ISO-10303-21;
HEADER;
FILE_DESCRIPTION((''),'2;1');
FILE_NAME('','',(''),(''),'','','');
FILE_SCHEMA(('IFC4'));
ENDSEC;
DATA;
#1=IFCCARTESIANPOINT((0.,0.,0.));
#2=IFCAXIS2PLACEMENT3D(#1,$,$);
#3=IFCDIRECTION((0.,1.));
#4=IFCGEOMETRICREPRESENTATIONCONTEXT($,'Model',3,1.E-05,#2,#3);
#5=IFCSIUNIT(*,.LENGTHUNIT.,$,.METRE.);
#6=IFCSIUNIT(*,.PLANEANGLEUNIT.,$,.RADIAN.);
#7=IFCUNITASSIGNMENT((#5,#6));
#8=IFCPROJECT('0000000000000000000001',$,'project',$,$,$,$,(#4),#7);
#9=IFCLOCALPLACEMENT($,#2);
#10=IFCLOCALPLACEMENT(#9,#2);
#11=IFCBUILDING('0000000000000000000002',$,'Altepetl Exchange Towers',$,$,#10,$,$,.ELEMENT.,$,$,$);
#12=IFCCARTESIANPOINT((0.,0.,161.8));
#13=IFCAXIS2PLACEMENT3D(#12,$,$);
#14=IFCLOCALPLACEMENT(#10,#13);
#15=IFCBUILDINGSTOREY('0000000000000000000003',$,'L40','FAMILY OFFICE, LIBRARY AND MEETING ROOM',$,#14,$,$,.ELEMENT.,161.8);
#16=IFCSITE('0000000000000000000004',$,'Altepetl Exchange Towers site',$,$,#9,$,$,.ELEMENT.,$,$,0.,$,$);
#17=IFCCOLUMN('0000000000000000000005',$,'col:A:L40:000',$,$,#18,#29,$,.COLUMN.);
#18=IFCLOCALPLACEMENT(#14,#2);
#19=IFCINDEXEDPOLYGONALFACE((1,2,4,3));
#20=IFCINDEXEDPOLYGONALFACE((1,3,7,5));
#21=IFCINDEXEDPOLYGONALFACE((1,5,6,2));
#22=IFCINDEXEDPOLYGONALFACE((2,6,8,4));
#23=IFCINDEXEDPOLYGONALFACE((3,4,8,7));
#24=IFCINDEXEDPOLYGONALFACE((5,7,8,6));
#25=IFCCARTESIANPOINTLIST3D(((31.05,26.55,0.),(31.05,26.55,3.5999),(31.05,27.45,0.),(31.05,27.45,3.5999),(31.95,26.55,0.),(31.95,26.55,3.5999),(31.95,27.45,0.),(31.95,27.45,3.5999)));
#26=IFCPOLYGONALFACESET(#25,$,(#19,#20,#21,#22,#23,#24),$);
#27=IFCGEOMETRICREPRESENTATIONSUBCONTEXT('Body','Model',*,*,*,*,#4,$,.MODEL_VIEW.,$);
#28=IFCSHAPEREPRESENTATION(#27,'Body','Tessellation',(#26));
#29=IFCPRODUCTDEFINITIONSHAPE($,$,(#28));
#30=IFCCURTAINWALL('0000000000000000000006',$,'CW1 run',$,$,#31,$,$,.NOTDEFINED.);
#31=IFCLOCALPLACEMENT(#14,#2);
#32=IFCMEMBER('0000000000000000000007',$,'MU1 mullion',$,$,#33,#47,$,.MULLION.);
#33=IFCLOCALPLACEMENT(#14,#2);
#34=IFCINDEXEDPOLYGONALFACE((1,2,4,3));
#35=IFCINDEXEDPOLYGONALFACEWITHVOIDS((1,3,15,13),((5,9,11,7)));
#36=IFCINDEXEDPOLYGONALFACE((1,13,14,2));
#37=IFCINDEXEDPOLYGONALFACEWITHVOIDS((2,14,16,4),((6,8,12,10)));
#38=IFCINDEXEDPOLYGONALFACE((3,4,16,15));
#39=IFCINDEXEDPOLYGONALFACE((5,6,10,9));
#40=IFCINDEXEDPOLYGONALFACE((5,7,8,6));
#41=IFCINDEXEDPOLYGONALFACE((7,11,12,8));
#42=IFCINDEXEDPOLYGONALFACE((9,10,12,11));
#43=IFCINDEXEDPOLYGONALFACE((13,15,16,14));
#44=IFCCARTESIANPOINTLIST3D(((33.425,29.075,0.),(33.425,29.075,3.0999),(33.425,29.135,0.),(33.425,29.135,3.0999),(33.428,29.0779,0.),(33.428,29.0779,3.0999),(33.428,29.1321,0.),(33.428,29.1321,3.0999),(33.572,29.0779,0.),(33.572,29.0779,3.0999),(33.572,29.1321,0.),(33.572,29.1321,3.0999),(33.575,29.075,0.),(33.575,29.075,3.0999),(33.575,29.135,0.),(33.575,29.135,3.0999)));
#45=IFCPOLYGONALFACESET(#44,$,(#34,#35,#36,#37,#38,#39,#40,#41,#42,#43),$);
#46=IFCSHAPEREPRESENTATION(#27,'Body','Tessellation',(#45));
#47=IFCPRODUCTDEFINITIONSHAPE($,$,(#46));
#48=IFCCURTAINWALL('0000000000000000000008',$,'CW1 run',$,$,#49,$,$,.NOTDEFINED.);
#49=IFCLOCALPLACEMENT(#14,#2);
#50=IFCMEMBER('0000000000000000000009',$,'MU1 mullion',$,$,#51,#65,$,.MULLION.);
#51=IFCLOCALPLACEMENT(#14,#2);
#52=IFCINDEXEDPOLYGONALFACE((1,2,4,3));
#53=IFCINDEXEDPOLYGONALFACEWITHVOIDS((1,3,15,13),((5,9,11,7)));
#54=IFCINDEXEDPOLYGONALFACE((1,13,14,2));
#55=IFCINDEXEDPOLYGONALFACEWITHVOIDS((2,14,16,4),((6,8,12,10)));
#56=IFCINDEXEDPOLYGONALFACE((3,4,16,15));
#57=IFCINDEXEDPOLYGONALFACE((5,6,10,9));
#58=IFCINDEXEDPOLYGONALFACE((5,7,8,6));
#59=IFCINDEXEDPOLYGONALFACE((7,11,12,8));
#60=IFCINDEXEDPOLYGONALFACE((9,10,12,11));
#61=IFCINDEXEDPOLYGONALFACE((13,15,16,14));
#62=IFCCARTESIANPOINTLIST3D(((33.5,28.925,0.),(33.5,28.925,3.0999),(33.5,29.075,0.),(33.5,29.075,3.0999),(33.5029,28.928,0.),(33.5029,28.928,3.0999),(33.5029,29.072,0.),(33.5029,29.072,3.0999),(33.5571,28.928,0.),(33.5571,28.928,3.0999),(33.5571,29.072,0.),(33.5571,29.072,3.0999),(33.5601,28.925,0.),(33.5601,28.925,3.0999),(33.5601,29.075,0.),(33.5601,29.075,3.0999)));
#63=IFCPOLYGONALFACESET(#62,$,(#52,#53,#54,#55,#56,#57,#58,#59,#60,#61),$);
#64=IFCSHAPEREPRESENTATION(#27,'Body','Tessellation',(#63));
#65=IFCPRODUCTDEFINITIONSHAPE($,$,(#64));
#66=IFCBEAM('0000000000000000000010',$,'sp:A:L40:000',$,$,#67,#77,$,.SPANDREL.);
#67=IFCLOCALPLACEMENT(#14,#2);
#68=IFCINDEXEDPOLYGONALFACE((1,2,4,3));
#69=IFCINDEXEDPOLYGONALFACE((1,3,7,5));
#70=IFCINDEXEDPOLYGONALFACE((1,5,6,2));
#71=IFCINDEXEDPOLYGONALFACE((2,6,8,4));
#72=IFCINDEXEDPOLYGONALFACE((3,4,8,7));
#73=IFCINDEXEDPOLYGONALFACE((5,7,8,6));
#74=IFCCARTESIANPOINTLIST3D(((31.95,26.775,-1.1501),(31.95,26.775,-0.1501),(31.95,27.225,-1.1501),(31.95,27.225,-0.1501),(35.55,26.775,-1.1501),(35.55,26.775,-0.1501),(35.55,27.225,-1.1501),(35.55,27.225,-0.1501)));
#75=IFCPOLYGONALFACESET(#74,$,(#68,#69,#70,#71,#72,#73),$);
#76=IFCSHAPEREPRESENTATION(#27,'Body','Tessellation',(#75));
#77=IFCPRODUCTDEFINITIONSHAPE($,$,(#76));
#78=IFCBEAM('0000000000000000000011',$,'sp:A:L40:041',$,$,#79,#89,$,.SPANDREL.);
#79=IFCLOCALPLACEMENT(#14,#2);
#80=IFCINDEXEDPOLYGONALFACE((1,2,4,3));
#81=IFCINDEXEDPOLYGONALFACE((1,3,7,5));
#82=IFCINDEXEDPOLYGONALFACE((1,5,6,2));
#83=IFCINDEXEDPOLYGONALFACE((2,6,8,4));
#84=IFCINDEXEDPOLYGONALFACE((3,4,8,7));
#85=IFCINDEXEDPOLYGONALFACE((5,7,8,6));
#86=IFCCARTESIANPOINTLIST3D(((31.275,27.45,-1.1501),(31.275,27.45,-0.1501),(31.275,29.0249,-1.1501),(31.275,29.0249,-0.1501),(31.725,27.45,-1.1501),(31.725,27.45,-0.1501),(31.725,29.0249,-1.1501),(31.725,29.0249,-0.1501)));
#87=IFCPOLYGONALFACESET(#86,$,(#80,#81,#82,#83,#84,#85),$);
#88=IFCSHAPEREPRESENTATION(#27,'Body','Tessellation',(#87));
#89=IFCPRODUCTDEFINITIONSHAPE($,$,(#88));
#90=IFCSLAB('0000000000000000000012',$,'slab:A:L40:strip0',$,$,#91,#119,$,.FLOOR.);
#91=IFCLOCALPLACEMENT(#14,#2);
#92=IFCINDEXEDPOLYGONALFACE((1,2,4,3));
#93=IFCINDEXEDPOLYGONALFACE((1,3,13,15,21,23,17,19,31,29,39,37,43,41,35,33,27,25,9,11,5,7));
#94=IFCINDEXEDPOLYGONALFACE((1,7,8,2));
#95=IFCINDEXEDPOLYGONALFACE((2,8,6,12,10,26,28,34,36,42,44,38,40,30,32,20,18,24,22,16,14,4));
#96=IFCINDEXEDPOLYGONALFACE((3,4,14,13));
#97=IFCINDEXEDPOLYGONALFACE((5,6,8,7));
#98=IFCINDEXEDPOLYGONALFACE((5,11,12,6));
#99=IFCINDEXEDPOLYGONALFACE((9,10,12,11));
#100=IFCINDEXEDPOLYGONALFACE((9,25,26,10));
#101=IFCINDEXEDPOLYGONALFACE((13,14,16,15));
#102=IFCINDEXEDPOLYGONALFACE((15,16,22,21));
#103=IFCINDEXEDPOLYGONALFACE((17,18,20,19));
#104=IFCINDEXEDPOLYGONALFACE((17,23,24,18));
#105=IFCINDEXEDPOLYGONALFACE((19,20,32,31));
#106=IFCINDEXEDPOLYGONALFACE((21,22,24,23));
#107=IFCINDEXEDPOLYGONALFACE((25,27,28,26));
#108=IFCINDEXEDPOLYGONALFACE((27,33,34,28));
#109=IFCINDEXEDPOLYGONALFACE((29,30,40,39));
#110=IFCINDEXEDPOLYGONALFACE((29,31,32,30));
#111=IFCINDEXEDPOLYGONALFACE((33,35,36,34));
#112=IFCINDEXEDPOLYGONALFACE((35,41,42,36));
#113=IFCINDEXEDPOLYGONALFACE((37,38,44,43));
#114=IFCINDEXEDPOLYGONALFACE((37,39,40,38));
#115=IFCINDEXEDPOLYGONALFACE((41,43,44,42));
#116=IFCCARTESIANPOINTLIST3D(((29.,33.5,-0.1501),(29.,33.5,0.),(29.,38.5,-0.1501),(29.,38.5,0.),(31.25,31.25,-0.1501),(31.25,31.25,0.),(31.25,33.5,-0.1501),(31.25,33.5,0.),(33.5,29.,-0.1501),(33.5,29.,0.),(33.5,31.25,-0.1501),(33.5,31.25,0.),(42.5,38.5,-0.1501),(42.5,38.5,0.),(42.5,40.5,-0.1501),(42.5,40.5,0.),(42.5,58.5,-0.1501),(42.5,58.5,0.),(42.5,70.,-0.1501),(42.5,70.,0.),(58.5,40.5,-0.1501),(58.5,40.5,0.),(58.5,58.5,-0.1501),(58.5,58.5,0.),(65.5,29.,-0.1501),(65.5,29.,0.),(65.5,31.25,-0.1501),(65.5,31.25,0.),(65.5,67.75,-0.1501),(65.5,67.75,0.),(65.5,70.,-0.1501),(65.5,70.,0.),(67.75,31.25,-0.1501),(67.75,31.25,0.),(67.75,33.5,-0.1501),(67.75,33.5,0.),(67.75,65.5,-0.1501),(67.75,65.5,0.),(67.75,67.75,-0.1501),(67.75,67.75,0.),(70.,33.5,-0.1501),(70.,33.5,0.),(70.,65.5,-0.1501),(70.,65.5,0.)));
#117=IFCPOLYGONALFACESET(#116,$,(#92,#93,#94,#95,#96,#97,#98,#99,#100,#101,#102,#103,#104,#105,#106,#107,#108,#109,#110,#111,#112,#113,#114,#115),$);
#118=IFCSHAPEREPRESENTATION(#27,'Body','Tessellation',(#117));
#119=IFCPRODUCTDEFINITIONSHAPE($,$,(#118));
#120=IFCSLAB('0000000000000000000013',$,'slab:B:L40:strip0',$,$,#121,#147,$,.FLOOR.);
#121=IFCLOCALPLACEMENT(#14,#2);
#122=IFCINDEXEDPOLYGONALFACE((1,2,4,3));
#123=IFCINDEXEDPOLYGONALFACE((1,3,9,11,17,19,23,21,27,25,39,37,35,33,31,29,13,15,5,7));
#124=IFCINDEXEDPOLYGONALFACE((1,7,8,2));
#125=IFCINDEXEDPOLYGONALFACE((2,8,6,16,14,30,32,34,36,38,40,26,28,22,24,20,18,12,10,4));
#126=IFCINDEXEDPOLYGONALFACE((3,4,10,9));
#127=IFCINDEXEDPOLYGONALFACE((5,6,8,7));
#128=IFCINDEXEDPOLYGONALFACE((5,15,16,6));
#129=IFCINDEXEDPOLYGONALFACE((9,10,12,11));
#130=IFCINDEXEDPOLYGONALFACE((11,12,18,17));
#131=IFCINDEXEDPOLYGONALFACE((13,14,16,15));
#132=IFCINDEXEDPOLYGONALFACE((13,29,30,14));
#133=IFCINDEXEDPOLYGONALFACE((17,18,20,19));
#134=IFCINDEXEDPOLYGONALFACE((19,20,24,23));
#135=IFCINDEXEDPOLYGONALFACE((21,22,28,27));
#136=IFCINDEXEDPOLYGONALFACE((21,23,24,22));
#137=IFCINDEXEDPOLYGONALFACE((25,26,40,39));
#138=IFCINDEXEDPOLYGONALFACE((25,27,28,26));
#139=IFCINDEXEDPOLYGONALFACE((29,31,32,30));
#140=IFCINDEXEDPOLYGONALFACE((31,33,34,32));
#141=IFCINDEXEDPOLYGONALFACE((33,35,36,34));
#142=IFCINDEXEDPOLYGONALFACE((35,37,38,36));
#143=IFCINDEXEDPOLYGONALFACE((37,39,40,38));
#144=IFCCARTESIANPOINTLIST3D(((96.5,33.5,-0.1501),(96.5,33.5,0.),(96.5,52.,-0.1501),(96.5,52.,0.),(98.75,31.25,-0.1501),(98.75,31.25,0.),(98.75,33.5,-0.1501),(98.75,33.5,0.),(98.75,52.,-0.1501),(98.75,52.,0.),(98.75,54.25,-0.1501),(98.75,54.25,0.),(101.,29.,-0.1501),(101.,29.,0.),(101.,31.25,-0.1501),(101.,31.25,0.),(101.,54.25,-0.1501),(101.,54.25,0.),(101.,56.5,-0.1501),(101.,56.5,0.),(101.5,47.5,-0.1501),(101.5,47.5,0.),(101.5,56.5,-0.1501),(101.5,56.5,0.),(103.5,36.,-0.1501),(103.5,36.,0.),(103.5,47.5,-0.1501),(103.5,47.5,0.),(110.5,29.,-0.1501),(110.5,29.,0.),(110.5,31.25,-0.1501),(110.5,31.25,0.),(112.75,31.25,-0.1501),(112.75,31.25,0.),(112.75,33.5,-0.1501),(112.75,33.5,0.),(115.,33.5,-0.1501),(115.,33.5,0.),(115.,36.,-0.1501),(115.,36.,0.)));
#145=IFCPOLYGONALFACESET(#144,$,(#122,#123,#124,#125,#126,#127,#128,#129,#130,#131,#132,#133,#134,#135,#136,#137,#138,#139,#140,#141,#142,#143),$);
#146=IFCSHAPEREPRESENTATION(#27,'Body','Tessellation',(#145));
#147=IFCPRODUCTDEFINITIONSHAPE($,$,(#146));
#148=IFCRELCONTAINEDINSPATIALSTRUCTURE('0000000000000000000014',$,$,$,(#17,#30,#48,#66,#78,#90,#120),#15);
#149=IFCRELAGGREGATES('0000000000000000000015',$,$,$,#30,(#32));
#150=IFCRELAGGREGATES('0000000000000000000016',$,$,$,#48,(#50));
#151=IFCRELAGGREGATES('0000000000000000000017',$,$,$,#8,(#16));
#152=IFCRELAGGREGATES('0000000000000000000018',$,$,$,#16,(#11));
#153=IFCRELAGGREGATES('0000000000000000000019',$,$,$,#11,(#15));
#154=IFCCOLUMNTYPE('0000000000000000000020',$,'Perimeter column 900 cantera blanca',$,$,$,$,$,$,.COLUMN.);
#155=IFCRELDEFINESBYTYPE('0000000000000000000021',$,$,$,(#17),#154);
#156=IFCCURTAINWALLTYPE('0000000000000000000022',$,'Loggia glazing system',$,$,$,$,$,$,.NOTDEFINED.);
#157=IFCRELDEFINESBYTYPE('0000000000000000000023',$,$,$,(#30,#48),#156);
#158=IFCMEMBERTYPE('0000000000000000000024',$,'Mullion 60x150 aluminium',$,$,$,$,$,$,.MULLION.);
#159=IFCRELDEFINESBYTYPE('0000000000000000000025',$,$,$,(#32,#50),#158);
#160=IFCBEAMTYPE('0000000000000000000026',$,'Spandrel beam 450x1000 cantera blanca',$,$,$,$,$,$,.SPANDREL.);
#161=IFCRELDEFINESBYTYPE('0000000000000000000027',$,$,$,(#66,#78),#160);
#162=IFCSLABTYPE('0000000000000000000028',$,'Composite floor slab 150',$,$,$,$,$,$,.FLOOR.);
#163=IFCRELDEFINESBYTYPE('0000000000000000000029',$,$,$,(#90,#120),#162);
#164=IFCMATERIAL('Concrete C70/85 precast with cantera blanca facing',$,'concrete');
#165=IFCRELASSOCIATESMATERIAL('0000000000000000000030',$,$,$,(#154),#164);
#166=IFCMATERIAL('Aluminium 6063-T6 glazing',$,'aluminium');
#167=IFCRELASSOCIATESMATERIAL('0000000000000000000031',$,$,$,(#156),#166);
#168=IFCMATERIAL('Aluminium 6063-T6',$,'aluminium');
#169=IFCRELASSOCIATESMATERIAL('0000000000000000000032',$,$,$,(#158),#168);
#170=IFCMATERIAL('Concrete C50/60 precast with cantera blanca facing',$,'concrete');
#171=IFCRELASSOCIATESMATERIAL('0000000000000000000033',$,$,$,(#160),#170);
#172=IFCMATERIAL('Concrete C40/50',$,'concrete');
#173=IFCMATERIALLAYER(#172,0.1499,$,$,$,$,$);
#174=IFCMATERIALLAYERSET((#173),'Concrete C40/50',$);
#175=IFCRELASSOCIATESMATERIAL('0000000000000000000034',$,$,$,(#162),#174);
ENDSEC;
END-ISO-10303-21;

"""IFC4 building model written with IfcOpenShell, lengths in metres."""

from ifc_helpers import new_model, si_unit, direction, frame, origin, origin_2d, place, context, subcontext, project, spatial, polyline, rectangle, hollow_rectangle, outline, extrude, material, layer, layer_set, material_profile, profile_set, type_object, element, aggregate, save


model = new_model("IFC4")

# Units and contexts
model_context = context("Model", 3, precision=1e-05, world=origin(), true_north=direction((0.0, 1.0)))
body_context = subcontext(model_context, "Body", "Model", "MODEL_VIEW")
ifc_project = project(units=[si_unit("LENGTHUNIT", "METRE"), si_unit("PLANEANGLEUNIT", "RADIAN")], contexts=[model_context])

# Site, building, storey
site_placement = place(None, origin())
site = spatial("IfcSite", under=ifc_project, at=site_placement, Name="Altepetl Exchange Towers site", CompositionType="ELEMENT", RefElevation=0.0)
building_placement = place(site_placement, origin())
building = spatial("IfcBuilding", under=site, at=building_placement, Name="Altepetl Exchange Towers", CompositionType="ELEMENT")
storey_placement = place(building_placement, frame((0.0, 0.0, 161.8)))
storey = spatial("IfcBuildingStorey", under=building, at=storey_placement, Name="L40", Description="FAMILY OFFICE, LIBRARY AND MEETING ROOM", CompositionType="ELEMENT", Elevation=161.8)

# Column
ifc_material_1 = material(Name="Concrete C70/85 precast with cantera blanca facing", Category="concrete")
ifc_material_profile_1 = material_profile(ifc_material_1, rectangle(XDim=0.8999, YDim=0.8999, at=origin_2d()), Name="900 x 900")
ifc_profile_set_1 = profile_set([ifc_material_profile_1], Name="Concrete C70/85 precast with cantera blanca facing")
column_type = type_object("IfcColumnType", Name="Perimeter column 900 cantera blanca", PredefinedType="COLUMN", material=ifc_profile_set_1)
column_placement = place(storey_placement, frame((31.5, 27.0, 0.0)))
element("IfcColumn", 1, at=column_placement, inside=storey, type_object=column_type, Name="col:A:L40:000", PredefinedType="COLUMN", context=body_context, shape_type="SweptSolid", body=[
    extrude(rectangle(XDim=0.8999, YDim=0.8999, at=origin_2d()), origin(), (0.0, 0.0, 1.0), 3.5999),
])

# Curtain walls, members
ifc_material_2 = material(Name="Aluminium 6063-T6 glazing", Category="aluminium")
curtain_wall_type = type_object("IfcCurtainWallType", Name="Loggia glazing system", PredefinedType="NOTDEFINED", material=ifc_material_2)
curtain_wall_1_placement = place(storey_placement, origin())
curtain_wall_1 = element("IfcCurtainWall", 2, at=curtain_wall_1_placement, inside=storey, type_object=curtain_wall_type, Name="CW1 run", PredefinedType="NOTDEFINED")
ifc_material_3 = material(Name="Aluminium 6063-T6", Category="aluminium")
ifc_material_profile_2 = material_profile(ifc_material_3, hollow_rectangle(XDim=0.0601, YDim=0.1499, WallThickness=0.0029, at=origin_2d()), Name="Mullion 60x150 aluminium")
ifc_profile_set_2 = profile_set([ifc_material_profile_2], Name="Aluminium 6063-T6")
member_type = type_object("IfcMemberType", Name="Mullion 60x150 aluminium", PredefinedType="MULLION", material=ifc_profile_set_2)
member_1_placement = place(storey_placement, frame((33.5, 29.105, 0.0), z_axis=(0.0, 0.0, 1.0), x_axis=(0.0, -1.0, 0.0)))
member_1 = element("IfcMember", 3, at=member_1_placement, type_object=member_type, Name="MU1 mullion", PredefinedType="MULLION", context=body_context, shape_type="SweptSolid", body=[
    extrude(hollow_rectangle(XDim=0.0601, YDim=0.1499, WallThickness=0.0029, at=origin_2d()), origin(), (0.0, 0.0, 1.0), 3.0999),
])
aggregate(curtain_wall_1, [member_1])
curtain_wall_2_placement = place(storey_placement, origin())
curtain_wall_2 = element("IfcCurtainWall", 4, at=curtain_wall_2_placement, inside=storey, type_object=curtain_wall_type, Name="CW1 run", PredefinedType="NOTDEFINED")
member_2_placement = place(storey_placement, frame((33.53, 29.0, 0.0)))
member_2 = element("IfcMember", 5, at=member_2_placement, type_object=member_type, Name="MU1 mullion", PredefinedType="MULLION", context=body_context, shape_type="SweptSolid", body=[
    extrude(hollow_rectangle(XDim=0.0601, YDim=0.1499, WallThickness=0.0029, at=origin_2d()), origin(), (0.0, 0.0, 1.0), 3.0999),
])

# Beams
ifc_material_4 = material(Name="Concrete C50/60 precast with cantera blanca facing", Category="concrete")
ifc_material_profile_3 = material_profile(ifc_material_4, rectangle(XDim=0.45, YDim=1.0, at=origin_2d()), Name="450 x 1000")
ifc_profile_set_3 = profile_set([ifc_material_profile_3], Name="Concrete C50/60 precast with cantera blanca facing")
beam_type = type_object("IfcBeamType", Name="Spandrel beam 450x1000 cantera blanca", PredefinedType="SPANDREL", material=ifc_profile_set_3)
beam_1_placement = place(storey_placement, frame((31.95, 27.0, -0.6501), z_axis=(1.0, 0.0, 0.0), x_axis=(0.0, 1.0, 0.0)))
element("IfcBeam", 6, at=beam_1_placement, inside=storey, type_object=beam_type, Name="sp:A:L40:000", PredefinedType="SPANDREL", context=body_context, shape_type="SweptSolid", body=[
    extrude(rectangle(XDim=0.45, YDim=1.0, at=origin_2d()), origin(), (0.0, 0.0, 1.0), 3.6001),
])
beam_2_placement = place(storey_placement, frame((31.5, 29.0249, -0.6501), z_axis=(0.0, -1.0, 0.0), x_axis=(1.0, 0.0, 0.0)))
element("IfcBeam", 7, at=beam_2_placement, inside=storey, type_object=beam_type, Name="sp:A:L40:041", PredefinedType="SPANDREL", context=body_context, shape_type="SweptSolid", body=[
    extrude(rectangle(XDim=0.45, YDim=1.0, at=origin_2d()), origin(), (0.0, 0.0, 1.0), 1.575),
])

# Slabs
ifc_material_5 = material(Name="Concrete C40/50", Category="concrete")
ifc_layer_1 = layer(ifc_material_5, 0.1499)
ifc_layer_set_1 = layer_set([ifc_layer_1], Name="Concrete C40/50")
slab_type_1 = type_object("IfcSlabType", Name="Composite floor slab 150", PredefinedType="FLOOR", material=ifc_layer_set_1)
slab_1_placement = place(storey_placement, frame((0.0, 0.0, -0.1501)))
element("IfcSlab", 8, at=slab_1_placement, inside=storey, type_object=slab_type_1, Name="slab:A:L40:strip0", PredefinedType="FLOOR", context=body_context, shape_type="SweptSolid", body=[
    extrude(outline(polyline([(42.5, 70.0), (42.5, 58.5), (58.5, 58.5), (58.5, 40.5), (42.5, 40.5), (42.5, 38.5), (29.0, 38.5), (29.0, 33.5), (31.25, 33.5), (31.25, 31.25), (33.5, 31.25), (33.5, 29.0), (65.5, 29.0), (65.5, 31.25), (67.75, 31.25), (67.75, 33.5), (70.0, 33.5), (70.0, 65.5), (67.75, 65.5), (67.75, 67.75), (65.5, 67.75), (65.5, 70.0), (42.5, 70.0)])), origin(), (0.0, 0.0, 1.0), 0.1501),
])
slab_2_placement = place(storey_placement, frame((0.0, 0.0, -0.1501)))
element("IfcSlab", 9, at=slab_2_placement, inside=storey, type_object=slab_type_1, Name="slab:B:L40:strip0", PredefinedType="FLOOR", context=body_context, shape_type="SweptSolid", body=[
    extrude(outline(polyline([(98.75, 31.25), (101.0, 31.25), (101.0, 29.0), (110.5, 29.0), (110.5, 31.25), (112.75, 31.25), (112.75, 33.5), (115.0, 33.5), (115.0, 36.0), (103.5, 36.0), (103.5, 47.5), (101.5, 47.5), (101.5, 56.5), (101.0, 56.5), (101.0, 54.25), (98.75, 54.25), (98.75, 52.0), (96.5, 52.0), (96.5, 33.5), (98.75, 33.5), (98.75, 31.25)])), origin(), (0.0, 0.0, 1.0), 0.1501),
])

aggregate(curtain_wall_2, [member_2])

save(model, "model.ifc")
